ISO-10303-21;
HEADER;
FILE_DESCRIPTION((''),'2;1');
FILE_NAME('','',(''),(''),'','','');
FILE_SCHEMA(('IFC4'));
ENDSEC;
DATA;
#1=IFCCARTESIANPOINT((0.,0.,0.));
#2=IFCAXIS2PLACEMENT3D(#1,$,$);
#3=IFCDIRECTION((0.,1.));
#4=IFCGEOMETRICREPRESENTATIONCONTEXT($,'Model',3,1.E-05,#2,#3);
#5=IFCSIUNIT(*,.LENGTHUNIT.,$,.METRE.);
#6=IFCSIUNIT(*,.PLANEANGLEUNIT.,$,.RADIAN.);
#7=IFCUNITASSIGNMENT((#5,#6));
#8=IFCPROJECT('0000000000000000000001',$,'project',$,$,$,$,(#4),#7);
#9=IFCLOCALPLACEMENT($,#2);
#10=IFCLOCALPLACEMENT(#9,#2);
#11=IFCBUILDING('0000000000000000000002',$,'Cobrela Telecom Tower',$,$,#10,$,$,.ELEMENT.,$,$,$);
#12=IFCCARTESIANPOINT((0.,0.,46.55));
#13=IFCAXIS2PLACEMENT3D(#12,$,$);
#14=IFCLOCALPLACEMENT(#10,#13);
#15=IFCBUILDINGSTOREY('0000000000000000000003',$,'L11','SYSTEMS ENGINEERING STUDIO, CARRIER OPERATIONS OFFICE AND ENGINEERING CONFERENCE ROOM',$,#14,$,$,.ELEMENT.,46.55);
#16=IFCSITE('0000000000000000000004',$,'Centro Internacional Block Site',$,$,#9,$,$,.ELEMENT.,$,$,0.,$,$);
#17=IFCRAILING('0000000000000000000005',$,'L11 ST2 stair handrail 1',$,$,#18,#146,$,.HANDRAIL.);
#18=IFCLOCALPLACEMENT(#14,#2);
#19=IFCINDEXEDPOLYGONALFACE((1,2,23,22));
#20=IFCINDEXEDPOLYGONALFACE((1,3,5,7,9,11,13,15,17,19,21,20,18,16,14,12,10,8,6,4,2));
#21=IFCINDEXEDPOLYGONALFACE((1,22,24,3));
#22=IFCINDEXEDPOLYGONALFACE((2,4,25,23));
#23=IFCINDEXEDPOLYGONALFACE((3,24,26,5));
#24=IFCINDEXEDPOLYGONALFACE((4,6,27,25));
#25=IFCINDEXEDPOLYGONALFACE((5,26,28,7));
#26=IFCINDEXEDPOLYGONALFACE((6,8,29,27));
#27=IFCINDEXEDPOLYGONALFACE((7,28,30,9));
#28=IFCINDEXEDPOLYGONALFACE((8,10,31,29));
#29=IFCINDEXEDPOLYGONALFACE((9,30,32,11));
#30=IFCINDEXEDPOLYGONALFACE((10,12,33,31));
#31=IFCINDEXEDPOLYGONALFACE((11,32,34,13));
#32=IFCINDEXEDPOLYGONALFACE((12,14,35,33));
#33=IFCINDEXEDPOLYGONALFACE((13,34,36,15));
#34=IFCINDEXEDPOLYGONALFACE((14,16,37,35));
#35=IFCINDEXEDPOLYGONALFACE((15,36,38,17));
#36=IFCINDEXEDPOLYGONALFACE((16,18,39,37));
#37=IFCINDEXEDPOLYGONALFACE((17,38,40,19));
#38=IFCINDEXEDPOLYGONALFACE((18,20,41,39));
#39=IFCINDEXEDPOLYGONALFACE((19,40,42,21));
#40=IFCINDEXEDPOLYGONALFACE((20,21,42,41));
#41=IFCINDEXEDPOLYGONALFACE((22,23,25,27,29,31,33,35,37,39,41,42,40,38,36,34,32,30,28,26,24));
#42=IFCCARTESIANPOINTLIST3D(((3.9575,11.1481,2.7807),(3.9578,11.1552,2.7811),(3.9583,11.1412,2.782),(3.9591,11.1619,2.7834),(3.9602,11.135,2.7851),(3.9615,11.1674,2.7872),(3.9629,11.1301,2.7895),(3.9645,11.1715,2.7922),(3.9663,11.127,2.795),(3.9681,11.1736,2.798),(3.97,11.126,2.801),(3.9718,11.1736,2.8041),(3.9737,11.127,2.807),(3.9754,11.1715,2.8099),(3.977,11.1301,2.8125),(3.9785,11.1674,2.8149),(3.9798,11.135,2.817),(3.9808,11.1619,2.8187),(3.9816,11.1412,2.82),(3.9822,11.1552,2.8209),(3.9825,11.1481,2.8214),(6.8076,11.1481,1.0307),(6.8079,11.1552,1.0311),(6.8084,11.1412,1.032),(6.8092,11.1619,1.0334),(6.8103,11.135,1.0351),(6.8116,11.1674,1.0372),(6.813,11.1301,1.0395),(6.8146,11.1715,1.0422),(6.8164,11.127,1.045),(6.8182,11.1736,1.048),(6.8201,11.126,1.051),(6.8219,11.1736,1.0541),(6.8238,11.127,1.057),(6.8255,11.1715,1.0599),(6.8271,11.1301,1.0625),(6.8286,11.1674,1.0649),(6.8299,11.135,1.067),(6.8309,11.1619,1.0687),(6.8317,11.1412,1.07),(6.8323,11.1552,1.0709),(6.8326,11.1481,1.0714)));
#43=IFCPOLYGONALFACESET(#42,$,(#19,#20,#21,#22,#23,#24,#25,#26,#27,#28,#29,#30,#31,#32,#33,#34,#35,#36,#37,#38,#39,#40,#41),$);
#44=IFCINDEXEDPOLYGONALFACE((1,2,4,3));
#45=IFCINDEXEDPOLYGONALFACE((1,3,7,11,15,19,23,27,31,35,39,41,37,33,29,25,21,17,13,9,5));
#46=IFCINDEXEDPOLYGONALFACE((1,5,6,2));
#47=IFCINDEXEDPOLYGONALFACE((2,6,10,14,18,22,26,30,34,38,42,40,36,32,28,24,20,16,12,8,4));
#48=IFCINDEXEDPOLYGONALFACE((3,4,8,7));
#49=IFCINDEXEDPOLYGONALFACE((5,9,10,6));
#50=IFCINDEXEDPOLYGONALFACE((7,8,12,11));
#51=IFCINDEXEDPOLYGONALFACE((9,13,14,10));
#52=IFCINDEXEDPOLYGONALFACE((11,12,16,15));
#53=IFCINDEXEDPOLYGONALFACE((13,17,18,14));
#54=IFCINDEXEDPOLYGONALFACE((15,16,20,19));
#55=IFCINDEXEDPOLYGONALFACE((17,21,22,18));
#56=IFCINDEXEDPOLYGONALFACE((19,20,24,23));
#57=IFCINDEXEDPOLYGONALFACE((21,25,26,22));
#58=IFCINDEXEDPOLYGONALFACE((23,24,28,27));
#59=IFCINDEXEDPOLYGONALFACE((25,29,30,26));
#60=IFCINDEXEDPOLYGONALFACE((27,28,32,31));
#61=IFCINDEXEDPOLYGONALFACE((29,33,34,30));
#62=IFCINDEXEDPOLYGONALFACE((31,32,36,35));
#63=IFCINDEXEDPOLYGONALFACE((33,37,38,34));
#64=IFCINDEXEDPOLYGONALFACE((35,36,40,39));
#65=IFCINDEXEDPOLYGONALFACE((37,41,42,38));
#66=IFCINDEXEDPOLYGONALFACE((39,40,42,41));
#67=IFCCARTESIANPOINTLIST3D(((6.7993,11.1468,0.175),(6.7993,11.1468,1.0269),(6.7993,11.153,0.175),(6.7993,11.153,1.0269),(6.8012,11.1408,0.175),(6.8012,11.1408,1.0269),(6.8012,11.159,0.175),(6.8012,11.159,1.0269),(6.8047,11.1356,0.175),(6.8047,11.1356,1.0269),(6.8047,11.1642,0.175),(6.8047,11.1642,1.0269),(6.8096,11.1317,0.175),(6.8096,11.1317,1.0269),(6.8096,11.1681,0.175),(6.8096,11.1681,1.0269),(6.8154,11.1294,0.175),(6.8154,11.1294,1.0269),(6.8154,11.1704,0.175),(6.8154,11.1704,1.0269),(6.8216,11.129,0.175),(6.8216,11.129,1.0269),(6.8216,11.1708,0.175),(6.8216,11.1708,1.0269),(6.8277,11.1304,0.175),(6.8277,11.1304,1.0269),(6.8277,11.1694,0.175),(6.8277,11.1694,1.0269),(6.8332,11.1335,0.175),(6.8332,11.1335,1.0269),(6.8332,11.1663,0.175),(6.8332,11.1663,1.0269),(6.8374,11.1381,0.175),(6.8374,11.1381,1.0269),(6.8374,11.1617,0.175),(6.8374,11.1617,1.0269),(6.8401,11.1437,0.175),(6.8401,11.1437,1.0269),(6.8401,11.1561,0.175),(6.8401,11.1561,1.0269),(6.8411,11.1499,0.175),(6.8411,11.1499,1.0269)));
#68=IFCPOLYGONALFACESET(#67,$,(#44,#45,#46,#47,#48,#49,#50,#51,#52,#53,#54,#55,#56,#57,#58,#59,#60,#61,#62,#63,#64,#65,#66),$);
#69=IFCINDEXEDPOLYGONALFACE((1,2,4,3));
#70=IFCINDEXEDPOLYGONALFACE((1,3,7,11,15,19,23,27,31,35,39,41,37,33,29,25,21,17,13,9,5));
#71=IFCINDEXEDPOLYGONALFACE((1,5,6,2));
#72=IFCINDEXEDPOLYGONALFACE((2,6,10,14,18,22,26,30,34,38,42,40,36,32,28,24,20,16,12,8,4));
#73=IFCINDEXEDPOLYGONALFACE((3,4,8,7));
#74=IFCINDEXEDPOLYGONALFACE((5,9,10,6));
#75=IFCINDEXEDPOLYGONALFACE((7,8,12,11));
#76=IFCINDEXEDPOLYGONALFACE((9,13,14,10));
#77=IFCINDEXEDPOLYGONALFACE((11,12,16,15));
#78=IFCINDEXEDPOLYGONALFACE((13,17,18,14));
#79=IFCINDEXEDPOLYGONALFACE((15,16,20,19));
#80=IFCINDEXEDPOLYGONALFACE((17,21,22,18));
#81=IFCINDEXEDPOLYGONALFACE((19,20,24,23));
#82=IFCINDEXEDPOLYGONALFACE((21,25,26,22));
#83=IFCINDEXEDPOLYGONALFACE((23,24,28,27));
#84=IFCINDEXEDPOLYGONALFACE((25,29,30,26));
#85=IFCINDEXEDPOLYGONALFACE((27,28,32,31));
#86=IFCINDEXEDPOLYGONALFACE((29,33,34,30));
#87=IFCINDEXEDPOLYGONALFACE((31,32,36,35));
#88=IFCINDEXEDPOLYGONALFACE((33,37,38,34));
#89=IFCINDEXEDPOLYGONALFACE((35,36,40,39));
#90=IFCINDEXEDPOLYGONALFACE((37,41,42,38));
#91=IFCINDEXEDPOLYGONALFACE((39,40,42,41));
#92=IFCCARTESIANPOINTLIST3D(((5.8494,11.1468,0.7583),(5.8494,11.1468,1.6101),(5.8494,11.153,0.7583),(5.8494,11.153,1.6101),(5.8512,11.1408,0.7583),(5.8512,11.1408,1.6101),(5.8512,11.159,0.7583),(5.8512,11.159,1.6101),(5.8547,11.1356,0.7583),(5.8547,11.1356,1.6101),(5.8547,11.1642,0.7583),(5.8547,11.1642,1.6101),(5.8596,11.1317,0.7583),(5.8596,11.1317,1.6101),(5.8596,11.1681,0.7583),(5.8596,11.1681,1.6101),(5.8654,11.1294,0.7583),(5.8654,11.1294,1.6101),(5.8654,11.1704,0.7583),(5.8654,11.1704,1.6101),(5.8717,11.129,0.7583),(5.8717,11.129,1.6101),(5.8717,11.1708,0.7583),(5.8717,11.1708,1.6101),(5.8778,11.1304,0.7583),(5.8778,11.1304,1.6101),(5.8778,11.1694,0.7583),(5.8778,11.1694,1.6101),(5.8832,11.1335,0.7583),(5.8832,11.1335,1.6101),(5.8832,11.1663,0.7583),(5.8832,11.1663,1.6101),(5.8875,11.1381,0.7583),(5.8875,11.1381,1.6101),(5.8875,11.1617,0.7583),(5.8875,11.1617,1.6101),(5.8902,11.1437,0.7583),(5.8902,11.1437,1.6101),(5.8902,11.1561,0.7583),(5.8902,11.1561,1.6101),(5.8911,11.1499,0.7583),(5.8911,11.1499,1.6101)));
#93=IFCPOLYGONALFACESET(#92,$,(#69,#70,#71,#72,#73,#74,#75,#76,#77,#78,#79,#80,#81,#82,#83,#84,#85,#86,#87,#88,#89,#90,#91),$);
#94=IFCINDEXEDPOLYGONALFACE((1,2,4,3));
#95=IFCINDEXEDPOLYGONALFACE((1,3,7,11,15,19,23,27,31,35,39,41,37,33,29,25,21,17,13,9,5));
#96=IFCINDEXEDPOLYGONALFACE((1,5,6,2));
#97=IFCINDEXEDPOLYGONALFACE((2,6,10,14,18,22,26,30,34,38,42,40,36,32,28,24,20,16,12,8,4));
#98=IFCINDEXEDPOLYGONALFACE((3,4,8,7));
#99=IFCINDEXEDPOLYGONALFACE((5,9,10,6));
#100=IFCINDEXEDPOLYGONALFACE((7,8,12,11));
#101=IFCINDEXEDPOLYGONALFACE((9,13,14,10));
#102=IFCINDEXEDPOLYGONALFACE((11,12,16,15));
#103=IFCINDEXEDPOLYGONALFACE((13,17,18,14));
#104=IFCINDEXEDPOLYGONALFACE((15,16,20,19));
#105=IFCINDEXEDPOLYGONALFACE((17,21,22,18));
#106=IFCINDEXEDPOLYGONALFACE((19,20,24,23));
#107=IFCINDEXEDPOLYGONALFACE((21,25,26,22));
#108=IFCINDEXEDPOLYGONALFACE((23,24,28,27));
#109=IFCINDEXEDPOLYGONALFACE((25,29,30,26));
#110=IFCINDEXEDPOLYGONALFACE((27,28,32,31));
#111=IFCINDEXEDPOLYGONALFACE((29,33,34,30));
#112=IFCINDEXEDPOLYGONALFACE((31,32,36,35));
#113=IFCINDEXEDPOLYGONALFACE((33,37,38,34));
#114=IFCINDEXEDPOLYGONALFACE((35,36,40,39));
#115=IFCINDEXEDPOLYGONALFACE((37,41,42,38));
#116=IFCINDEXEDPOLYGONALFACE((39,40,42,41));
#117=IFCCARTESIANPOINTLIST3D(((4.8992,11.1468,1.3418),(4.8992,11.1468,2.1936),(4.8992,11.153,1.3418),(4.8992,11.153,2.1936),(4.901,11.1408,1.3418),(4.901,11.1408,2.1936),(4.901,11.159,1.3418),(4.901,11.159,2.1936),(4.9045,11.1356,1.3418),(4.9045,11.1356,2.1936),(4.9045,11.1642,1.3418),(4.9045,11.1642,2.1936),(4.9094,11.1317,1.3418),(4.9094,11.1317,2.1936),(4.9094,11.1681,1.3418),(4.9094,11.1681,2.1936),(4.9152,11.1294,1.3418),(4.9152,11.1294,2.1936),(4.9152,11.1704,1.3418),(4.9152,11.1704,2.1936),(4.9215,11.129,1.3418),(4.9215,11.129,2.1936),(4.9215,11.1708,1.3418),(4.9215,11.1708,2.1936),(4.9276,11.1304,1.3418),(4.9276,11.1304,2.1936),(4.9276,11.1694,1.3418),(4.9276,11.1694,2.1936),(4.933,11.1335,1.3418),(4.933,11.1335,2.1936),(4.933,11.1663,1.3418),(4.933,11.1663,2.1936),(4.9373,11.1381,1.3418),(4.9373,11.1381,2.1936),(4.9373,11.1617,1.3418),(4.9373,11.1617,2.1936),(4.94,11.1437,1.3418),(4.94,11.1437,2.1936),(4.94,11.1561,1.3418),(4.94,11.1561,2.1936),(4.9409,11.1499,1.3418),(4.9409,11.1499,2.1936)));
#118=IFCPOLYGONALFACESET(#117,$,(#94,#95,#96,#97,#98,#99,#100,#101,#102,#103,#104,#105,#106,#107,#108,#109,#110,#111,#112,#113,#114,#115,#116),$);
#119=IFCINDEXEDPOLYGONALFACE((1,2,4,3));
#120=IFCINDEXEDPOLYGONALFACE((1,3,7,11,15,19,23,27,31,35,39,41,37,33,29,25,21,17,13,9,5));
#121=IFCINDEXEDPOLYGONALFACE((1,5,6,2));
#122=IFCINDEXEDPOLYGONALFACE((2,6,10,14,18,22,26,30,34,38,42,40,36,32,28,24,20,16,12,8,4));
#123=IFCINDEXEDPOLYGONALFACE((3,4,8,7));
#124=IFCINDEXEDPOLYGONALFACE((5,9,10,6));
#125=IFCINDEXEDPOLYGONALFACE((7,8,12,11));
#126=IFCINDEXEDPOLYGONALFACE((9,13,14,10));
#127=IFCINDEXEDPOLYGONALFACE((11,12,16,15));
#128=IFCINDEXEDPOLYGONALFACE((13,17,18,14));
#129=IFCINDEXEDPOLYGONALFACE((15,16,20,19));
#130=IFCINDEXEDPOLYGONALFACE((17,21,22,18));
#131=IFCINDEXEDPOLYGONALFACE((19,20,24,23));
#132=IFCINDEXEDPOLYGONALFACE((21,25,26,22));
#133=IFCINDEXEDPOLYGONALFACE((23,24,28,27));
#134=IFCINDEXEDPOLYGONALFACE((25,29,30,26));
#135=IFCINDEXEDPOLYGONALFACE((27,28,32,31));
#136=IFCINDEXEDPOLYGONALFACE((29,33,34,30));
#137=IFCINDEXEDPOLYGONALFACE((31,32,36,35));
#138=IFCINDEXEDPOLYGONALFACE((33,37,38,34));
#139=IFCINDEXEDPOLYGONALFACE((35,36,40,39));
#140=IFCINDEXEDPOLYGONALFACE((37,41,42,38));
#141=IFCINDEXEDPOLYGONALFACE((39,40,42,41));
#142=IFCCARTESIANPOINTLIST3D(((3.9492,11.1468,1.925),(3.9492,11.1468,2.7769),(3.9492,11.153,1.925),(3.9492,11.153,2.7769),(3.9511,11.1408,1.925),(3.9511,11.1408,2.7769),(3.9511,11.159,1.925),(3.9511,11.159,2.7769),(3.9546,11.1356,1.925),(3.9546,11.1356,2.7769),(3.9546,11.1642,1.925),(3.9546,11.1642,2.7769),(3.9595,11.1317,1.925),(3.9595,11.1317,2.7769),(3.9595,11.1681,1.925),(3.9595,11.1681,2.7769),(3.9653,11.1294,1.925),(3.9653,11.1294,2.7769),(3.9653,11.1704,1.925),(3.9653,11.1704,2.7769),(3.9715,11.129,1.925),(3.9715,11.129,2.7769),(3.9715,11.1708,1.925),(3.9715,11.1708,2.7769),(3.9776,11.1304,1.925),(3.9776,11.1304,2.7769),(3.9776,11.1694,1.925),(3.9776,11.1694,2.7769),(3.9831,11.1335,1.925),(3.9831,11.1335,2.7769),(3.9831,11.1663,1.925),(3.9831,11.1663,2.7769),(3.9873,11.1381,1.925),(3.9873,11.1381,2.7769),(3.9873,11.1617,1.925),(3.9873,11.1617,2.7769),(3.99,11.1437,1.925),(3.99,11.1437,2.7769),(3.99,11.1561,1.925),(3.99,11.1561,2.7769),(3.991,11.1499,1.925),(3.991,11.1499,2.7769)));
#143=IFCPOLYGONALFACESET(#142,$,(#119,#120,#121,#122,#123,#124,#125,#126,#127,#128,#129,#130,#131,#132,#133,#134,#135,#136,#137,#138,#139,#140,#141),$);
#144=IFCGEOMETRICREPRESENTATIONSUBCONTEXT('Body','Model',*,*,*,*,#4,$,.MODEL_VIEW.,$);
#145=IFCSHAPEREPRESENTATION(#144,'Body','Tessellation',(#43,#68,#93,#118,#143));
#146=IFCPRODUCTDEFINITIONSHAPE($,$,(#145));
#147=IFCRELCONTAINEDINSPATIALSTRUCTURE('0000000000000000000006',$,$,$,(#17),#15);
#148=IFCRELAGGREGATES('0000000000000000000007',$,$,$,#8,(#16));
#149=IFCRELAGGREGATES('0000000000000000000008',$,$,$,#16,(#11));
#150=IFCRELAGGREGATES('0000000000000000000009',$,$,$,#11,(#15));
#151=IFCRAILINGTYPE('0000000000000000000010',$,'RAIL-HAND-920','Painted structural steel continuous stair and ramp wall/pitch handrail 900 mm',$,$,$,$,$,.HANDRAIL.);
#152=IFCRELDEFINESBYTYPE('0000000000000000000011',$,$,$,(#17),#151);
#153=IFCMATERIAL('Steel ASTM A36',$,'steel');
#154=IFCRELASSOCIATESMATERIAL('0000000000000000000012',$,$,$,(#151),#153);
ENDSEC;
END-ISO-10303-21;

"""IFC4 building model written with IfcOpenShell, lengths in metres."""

from ifc_helpers import new_model, si_unit, direction, frame, origin, origin_2d, place, context, subcontext, project, spatial, circle, extrude, material, type_object, element, save


model = new_model("IFC4")

# Units and contexts
model_context = context("Model", 3, precision=1e-05, world=origin(), true_north=direction((0.0, 1.0)))
body_context = subcontext(model_context, "Body", "Model", "MODEL_VIEW")
ifc_project = project(units=[si_unit("LENGTHUNIT", "METRE"), si_unit("PLANEANGLEUNIT", "RADIAN")], contexts=[model_context])

# Site, building, storey
site_placement = place(None, origin())
site = spatial("IfcSite", under=ifc_project, at=site_placement, Name="Centro Internacional Block Site", CompositionType="ELEMENT", RefElevation=0.0)
building_placement = place(site_placement, origin())
building = spatial("IfcBuilding", under=site, at=building_placement, Name="Cobrela Telecom Tower", CompositionType="ELEMENT")
storey_placement = place(building_placement, frame((0.0, 0.0, 46.55)))
storey = spatial("IfcBuildingStorey", under=building, at=storey_placement, Name="L11", Description="SYSTEMS ENGINEERING STUDIO, CARRIER OPERATIONS OFFICE AND ENGINEERING CONFERENCE ROOM", CompositionType="ELEMENT", Elevation=46.55)

# Railing
ifc_material_1 = material(Name="Steel ASTM A36", Category="steel")
railing_type_1 = type_object("IfcRailingType", Name="RAIL-HAND-920", Description="Painted structural steel continuous stair and ramp wall/pitch handrail 900 mm", PredefinedType="HANDRAIL", material=ifc_material_1)
railing_1_placement = place(storey_placement, frame((6.8201, 11.1499, 0.175)))
element("IfcRailing", 1, at=railing_1_placement, inside=storey, type_object=railing_type_1, Name="L11 ST2 stair handrail 1", PredefinedType="HANDRAIL", context=body_context, shape_type="SweptSolid", body=[
    extrude(circle(Radius=0.0239, at=origin_2d()), frame((0.0, 0.0, 0.876), z_axis=(-0.852179, 0.0, 0.52325), x_axis=(0.0, -1.0, 0.0)), (0.0, 0.0, 1.0), 3.3445),
    extrude(circle(Radius=0.021, at=origin_2d()), origin(), (0.0, 0.0, 1.0), 0.8518),
    extrude(circle(Radius=0.021, at=origin_2d()), frame((-0.95, 0.0, 0.5833)), (0.0, 0.0, 1.0), 0.8518),
    extrude(circle(Radius=0.021, at=origin_2d()), frame((-1.9001, 0.0, 1.1667)), (0.0, 0.0, 1.0), 0.8518),
    extrude(circle(Radius=0.021, at=origin_2d()), frame((-2.8501, 0.0, 1.75)), (0.0, 0.0, 1.0), 0.8518),
])

save(model, "model.ifc")
